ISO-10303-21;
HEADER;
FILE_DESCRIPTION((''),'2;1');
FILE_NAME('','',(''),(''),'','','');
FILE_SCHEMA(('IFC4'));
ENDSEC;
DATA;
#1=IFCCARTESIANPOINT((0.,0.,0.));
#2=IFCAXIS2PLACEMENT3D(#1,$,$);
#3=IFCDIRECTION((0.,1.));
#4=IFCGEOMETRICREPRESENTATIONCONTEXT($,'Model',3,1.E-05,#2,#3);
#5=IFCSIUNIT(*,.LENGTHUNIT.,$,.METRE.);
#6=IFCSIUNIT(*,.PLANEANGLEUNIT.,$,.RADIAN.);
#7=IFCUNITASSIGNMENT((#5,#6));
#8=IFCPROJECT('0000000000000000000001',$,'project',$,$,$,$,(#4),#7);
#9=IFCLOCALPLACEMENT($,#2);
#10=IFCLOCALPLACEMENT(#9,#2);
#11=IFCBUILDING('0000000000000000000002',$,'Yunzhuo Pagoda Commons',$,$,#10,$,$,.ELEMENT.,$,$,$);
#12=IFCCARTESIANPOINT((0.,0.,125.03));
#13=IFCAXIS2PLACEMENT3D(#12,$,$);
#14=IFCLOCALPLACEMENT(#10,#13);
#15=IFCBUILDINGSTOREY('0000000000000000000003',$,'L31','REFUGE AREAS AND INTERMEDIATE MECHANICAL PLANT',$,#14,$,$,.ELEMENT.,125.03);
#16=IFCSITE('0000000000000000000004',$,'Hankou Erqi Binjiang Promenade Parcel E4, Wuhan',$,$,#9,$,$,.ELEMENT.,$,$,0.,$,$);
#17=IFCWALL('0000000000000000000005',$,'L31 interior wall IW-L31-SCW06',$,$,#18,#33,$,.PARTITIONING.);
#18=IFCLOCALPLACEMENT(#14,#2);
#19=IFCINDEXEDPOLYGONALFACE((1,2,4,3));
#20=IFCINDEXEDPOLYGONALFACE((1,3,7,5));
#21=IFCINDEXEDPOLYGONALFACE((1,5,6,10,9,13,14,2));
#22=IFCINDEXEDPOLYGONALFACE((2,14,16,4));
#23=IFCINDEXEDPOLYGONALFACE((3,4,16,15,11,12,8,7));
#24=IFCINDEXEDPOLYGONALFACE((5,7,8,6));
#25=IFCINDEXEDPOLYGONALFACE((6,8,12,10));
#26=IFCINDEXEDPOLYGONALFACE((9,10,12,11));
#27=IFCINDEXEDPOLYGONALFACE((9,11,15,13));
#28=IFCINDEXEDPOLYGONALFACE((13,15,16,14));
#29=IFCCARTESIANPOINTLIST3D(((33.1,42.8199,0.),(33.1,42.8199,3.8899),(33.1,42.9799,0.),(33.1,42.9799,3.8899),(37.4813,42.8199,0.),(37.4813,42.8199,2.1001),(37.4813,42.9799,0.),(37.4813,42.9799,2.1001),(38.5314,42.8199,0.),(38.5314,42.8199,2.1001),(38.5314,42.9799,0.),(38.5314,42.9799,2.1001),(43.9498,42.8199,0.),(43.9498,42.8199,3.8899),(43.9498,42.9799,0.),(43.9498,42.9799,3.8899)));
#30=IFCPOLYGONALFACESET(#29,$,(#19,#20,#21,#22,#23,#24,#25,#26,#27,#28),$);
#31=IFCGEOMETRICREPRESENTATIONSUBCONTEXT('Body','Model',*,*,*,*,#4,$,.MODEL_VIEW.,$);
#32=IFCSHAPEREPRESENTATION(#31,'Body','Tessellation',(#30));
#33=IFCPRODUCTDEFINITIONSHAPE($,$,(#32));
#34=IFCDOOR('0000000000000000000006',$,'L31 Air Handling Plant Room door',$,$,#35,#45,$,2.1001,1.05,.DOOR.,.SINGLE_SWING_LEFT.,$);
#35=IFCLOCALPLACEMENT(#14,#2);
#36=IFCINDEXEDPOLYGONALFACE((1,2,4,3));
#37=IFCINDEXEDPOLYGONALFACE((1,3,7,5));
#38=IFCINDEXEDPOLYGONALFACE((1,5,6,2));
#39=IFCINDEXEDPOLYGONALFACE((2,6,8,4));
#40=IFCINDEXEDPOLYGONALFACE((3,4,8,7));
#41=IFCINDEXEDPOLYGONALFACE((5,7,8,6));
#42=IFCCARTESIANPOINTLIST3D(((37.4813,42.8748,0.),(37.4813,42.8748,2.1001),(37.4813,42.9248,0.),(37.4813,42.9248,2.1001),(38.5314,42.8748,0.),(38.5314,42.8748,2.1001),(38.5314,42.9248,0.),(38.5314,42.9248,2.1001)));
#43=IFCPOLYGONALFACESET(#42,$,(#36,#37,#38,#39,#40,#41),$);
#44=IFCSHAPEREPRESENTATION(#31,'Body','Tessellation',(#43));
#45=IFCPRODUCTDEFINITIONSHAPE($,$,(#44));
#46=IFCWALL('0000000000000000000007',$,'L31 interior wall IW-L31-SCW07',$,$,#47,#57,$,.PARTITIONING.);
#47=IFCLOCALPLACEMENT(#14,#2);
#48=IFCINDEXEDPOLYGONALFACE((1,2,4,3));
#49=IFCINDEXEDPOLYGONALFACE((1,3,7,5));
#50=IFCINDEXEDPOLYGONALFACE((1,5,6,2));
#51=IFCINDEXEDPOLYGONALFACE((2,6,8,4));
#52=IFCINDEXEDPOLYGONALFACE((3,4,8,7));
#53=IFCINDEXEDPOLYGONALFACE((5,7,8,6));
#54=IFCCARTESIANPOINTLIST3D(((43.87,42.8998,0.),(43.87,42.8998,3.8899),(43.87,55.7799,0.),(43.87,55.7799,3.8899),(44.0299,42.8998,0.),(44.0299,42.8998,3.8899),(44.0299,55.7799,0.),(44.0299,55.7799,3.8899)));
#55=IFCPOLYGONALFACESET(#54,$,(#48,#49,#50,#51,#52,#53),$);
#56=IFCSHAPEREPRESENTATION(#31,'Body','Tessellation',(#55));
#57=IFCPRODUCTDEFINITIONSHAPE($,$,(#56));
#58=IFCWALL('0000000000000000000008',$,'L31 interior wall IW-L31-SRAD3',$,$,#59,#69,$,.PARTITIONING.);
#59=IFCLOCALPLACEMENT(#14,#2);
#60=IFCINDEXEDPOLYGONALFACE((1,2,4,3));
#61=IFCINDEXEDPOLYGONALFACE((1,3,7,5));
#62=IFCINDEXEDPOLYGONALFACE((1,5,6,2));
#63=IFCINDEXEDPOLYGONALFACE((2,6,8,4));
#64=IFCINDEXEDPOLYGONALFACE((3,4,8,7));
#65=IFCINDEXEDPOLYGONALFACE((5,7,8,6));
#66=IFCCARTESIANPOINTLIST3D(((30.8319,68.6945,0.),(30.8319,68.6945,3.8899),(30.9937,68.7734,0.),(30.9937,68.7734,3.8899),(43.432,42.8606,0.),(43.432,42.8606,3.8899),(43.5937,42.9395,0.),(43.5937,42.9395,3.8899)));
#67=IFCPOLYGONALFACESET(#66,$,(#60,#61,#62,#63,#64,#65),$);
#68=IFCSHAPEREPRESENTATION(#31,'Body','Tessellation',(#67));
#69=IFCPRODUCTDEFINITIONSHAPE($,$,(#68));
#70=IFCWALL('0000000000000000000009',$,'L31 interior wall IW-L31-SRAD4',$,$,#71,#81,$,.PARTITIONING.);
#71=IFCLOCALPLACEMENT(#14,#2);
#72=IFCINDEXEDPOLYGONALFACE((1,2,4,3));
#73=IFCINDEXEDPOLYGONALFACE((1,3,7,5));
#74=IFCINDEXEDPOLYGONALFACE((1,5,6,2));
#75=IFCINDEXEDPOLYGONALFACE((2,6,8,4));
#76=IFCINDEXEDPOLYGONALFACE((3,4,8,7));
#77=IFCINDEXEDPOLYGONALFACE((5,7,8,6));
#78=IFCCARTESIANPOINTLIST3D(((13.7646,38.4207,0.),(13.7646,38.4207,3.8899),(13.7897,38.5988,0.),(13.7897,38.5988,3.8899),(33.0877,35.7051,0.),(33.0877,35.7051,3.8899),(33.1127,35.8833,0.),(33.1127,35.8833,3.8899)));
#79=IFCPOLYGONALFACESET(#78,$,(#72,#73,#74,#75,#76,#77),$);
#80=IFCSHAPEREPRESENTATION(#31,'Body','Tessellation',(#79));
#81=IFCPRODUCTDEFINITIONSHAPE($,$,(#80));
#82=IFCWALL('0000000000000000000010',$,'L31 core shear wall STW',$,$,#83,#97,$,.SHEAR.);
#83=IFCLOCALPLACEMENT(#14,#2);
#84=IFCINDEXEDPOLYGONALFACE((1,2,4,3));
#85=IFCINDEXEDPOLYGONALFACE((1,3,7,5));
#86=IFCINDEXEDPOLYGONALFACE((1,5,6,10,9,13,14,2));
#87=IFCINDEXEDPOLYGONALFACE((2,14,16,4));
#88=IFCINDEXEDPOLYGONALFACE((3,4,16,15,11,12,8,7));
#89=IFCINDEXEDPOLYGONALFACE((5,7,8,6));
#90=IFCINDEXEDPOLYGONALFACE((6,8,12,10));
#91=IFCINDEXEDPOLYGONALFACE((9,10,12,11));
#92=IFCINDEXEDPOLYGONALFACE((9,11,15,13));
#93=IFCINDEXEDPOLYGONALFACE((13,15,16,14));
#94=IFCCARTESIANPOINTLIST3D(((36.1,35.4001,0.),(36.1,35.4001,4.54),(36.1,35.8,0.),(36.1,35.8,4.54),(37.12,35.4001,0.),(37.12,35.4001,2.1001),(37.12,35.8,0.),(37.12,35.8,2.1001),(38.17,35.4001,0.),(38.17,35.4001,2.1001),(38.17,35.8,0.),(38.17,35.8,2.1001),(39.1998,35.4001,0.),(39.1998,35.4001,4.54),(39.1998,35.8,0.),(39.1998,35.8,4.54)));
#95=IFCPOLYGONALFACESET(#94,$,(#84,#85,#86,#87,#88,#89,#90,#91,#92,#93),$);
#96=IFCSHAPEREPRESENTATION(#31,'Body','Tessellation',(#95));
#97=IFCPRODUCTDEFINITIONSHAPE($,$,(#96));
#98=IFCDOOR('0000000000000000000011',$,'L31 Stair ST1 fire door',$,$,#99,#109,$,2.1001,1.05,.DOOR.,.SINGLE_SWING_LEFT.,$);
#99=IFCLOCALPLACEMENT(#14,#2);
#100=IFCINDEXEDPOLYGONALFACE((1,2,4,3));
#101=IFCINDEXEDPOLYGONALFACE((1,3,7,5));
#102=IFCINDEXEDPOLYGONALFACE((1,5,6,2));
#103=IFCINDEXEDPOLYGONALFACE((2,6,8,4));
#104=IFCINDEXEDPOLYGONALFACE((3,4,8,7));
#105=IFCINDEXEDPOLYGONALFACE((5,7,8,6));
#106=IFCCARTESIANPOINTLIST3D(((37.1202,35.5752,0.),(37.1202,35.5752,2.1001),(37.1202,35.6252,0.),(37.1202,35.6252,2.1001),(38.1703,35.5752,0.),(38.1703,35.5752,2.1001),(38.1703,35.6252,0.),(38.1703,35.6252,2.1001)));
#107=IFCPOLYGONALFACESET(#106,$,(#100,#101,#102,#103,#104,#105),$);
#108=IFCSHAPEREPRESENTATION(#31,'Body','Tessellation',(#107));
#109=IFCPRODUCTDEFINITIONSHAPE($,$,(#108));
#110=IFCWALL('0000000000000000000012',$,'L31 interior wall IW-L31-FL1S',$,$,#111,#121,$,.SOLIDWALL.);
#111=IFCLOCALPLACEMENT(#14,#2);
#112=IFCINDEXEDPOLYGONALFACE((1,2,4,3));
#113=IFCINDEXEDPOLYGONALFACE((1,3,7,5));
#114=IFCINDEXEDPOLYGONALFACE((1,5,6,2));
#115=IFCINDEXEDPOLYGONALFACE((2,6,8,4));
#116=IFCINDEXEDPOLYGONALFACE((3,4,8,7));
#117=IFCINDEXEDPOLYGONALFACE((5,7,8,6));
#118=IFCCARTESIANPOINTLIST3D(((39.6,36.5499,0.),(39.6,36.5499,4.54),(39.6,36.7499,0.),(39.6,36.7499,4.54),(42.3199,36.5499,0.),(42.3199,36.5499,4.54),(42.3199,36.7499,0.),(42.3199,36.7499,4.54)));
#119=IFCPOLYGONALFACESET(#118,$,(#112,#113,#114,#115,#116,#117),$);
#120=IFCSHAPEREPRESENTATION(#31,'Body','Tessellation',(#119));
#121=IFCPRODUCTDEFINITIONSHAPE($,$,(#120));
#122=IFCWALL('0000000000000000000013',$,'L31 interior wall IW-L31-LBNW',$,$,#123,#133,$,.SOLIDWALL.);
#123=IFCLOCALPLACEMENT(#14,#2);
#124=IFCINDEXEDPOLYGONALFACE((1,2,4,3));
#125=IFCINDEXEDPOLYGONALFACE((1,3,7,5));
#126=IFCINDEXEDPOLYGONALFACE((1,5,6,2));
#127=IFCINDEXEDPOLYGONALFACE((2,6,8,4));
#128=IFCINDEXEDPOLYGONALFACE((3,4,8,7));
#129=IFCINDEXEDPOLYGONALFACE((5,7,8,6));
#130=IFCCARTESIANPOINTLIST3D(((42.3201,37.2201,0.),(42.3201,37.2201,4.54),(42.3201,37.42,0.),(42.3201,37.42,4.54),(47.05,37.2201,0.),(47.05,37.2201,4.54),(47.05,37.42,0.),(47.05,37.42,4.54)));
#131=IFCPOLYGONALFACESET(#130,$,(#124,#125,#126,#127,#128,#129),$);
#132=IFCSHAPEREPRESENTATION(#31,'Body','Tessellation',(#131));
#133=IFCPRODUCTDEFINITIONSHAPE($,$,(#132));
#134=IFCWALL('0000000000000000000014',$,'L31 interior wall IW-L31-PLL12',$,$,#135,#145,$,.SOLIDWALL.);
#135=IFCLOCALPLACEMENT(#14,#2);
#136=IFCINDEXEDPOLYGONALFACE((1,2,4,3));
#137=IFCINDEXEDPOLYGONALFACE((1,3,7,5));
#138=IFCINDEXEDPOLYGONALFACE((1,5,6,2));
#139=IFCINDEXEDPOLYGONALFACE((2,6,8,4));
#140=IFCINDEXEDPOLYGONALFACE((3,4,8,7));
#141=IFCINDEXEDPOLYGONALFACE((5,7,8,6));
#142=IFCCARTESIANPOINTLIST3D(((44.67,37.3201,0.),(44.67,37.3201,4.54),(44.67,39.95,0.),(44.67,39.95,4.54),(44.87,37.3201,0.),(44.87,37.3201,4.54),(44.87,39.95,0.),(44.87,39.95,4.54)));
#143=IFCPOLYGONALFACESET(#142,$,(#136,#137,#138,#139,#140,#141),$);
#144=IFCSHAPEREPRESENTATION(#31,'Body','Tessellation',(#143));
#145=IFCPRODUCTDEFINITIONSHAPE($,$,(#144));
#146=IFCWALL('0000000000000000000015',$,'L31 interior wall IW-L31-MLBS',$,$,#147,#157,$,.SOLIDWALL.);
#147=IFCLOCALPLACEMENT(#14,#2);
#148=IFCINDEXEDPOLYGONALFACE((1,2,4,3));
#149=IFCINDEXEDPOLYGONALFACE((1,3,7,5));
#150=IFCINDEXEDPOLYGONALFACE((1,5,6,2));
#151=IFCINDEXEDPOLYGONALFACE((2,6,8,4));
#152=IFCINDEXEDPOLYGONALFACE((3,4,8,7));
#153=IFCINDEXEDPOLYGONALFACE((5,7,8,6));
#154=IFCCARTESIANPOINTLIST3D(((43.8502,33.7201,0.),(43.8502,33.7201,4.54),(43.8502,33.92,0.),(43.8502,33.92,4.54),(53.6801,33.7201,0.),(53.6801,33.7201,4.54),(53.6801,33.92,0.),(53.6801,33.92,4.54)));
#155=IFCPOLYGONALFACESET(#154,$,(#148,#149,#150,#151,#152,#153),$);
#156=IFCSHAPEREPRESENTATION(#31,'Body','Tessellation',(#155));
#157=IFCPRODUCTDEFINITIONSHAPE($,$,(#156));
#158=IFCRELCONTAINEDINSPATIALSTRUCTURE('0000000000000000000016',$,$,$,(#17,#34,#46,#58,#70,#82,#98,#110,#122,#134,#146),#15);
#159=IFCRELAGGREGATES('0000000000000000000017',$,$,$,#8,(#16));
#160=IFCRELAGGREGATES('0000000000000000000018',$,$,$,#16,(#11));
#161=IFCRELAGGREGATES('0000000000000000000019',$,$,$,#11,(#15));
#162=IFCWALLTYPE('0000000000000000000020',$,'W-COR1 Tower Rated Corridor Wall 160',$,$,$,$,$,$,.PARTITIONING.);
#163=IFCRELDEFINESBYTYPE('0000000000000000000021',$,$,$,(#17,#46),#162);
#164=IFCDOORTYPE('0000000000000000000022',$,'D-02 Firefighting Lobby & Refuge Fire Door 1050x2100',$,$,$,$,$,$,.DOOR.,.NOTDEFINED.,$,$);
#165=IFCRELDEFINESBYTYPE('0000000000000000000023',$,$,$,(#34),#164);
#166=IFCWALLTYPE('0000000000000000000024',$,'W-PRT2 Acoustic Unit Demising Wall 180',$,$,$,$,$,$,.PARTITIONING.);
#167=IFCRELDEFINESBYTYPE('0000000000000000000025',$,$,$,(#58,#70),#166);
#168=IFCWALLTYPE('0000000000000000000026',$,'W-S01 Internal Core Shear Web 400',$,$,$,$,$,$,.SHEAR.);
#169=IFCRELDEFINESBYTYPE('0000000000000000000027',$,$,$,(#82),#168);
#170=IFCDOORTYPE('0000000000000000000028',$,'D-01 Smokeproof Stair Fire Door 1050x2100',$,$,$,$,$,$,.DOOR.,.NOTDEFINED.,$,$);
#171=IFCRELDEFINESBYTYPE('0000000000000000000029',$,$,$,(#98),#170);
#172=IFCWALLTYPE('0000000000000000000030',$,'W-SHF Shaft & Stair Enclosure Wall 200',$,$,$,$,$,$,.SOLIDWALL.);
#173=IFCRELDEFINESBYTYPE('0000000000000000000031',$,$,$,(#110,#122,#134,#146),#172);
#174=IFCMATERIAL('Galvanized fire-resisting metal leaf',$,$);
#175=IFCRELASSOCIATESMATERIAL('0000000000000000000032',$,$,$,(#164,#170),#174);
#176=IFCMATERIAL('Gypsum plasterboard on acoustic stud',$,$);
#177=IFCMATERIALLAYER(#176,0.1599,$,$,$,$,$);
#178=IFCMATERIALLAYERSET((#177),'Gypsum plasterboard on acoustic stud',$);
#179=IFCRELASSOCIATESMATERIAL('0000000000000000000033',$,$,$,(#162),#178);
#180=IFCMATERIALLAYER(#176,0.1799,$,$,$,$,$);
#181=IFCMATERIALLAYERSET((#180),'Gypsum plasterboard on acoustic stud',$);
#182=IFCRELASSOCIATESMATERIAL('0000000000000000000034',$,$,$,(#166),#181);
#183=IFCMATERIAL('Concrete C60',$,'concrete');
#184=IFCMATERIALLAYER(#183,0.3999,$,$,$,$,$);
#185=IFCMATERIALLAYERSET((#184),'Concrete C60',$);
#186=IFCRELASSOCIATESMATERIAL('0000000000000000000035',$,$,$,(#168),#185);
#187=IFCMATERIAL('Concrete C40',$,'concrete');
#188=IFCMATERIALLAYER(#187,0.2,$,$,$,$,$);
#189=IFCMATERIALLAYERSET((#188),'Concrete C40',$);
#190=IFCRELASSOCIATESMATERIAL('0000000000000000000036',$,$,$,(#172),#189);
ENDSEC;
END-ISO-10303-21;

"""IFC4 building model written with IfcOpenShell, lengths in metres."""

from ifc_helpers import new_model, si_unit, direction, frame, frame_2d, origin, origin_with_axes, place, context, subcontext, project, spatial, rectangle, extrude, source, transform, mapped, material, layer, layer_set, type_object, element, fill, save


model = new_model("IFC4")

# Units and contexts
model_context = context("Model", 3, precision=1e-05, world=origin(), true_north=direction((0.0, 1.0)))
body_context = subcontext(model_context, "Body", "Model", "MODEL_VIEW")
ifc_project = project(units=[si_unit("LENGTHUNIT", "METRE"), si_unit("PLANEANGLEUNIT", "RADIAN")], contexts=[model_context])

# Site, building, storey
site_placement = place(None, origin())
site = spatial("IfcSite", under=ifc_project, at=site_placement, Name="Hankou Erqi Binjiang Promenade Parcel E4, Wuhan", CompositionType="ELEMENT", RefElevation=0.0)
building_placement = place(site_placement, origin())
building = spatial("IfcBuilding", under=site, at=building_placement, Name="Yunzhuo Pagoda Commons", CompositionType="ELEMENT")
storey_placement = place(building_placement, frame((0.0, 0.0, 125.03)))
storey = spatial("IfcBuildingStorey", under=building, at=storey_placement, Name="L31", Description="REFUGE AREAS AND INTERMEDIATE MECHANICAL PLANT", CompositionType="ELEMENT", Elevation=125.03)

# Wall, opening, door
ifc_material_1 = material(Name="Concrete C60", Category="concrete")
ifc_material_2 = material(Name="Galvanized fire-resisting metal leaf")
door_type_1 = type_object("IfcDoorType", Name="D-02 Firefighting Lobby & Refuge Fire Door 1050x2100", OperationType="NOTDEFINED", PredefinedType="DOOR", material=ifc_material_2)
shared_shape_1 = source(origin(), body_context, "Body", "SweptSolid", [
    extrude(rectangle(XDim=1.05, YDim=2.1001, at=frame_2d((0.5249, 1.05))), frame((0.0, 0.0249, 0.0), z_axis=(0.0, -1.0, 0.0), x_axis=(1.0, 0.0, 0.0)), (0.0, 0.0, 1.0), 0.05),
])
ifc_material_3 = material(Name="Gypsum plasterboard on acoustic stud")
ifc_layer_1 = layer(ifc_material_3, 0.1599)
ifc_layer_set_1 = layer_set([ifc_layer_1], Name="Gypsum plasterboard on acoustic stud")
wall_type_1 = type_object("IfcWallType", Name="W-COR1 Tower Rated Corridor Wall 160", PredefinedType="PARTITIONING", material=ifc_layer_set_1)
wall_1_placement = place(storey_placement, frame((33.1001, 42.8999, 0.0), z_axis=(0.0, 0.0, 1.0), x_axis=(1.0, 0.0, 0.0)))
wall_1 = element("IfcWall", 1, at=wall_1_placement, inside=storey, type_object=wall_type_1, Name="L31 interior wall IW-L31-SCW06", PredefinedType="PARTITIONING", context=body_context, shape_type="SweptSolid", body=[
    extrude(rectangle(XDim=10.8499, YDim=0.1599, at=frame_2d((5.4248, 0.0))), origin(), (0.0, 0.0, 1.0), 3.8899),
])
opening_1_placement = place(wall_1_placement, frame((4.3813, 0.0, 0.0)))
opening_1 = element("IfcOpeningElement", 2, at=opening_1_placement, cuts=wall_1, PredefinedType="OPENING", context=body_context, shape_type="SweptSolid", body=[
    extrude(rectangle(XDim=1.05, YDim=2.1001, at=frame_2d((0.5249, 1.05))), frame((0.0, 0.0898, 0.0), z_axis=(0.0, -1.0, 0.0), x_axis=(1.0, 0.0, 0.0)), (0.0, 0.0, 1.0), 0.1799),
])
door_1_placement = place(opening_1_placement, origin_with_axes())
door_1 = element("IfcDoor", 3, at=door_1_placement, inside=storey, type_object=door_type_1, Name="L31 Air Handling Plant Room door", OperationType="SINGLE_SWING_LEFT", OverallHeight=2.1001, OverallWidth=1.05, PredefinedType="DOOR", context=body_context, shape_type="MappedRepresentation", body=[
    mapped(shared_shape_1, transform((0.0, 0.0, 0.0), scale=1.0)),
])
fill(opening_1, door_1)

# Walls
wall_2_placement = place(storey_placement, frame((43.95, 42.8999, 0.0), z_axis=(0.0, 0.0, 1.0), x_axis=(0.0, 1.0, 0.0)))
element("IfcWall", 4, at=wall_2_placement, inside=storey, type_object=wall_type_1, Name="L31 interior wall IW-L31-SCW07", PredefinedType="PARTITIONING", context=body_context, shape_type="SweptSolid", body=[
    extrude(rectangle(XDim=12.8801, YDim=0.1599, at=frame_2d((6.4399, 0.0))), origin(), (0.0, 0.0, 1.0), 3.8899),
])
ifc_layer_2 = layer(ifc_material_3, 0.1799)
ifc_layer_set_2 = layer_set([ifc_layer_2], Name="Gypsum plasterboard on acoustic stud")
wall_type_2 = type_object("IfcWallType", Name="W-PRT2 Acoustic Unit Demising Wall 180", PredefinedType="PARTITIONING", material=ifc_layer_set_2)
wall_3_placement = place(storey_placement, frame((43.5129, 42.8999, 0.0), z_axis=(0.0, 0.0, 1.0), x_axis=(-0.438372, 0.898794, 0.0)))
element("IfcWall", 5, at=wall_3_placement, inside=storey, type_object=wall_type_2, Name="L31 interior wall IW-L31-SRAD3", PredefinedType="PARTITIONING", context=body_context, shape_type="SweptSolid", body=[
    extrude(rectangle(XDim=28.7429, YDim=0.1799, at=frame_2d((14.3716, 0.0))), origin(), (0.0, 0.0, 1.0), 3.8899),
])
wall_4_placement = place(storey_placement, frame((33.1001, 35.7942, 0.0), z_axis=(0.0, 0.0, 1.0), x_axis=(-0.990269, 0.139168, 0.0)))
element("IfcWall", 6, at=wall_4_placement, inside=storey, type_object=wall_type_2, Name="L31 interior wall IW-L31-SRAD4", PredefinedType="PARTITIONING", context=body_context, shape_type="SweptSolid", body=[
    extrude(rectangle(XDim=19.5129, YDim=0.1799, at=frame_2d((9.7563, 0.0))), origin(), (0.0, 0.0, 1.0), 3.8899),
])

# Wall, opening, door
ifc_layer_3 = layer(ifc_material_1, 0.3999)
ifc_layer_set_3 = layer_set([ifc_layer_3], Name="Concrete C60")
wall_type_3 = type_object("IfcWallType", Name="W-S01 Internal Core Shear Web 400", PredefinedType="SHEAR", material=ifc_layer_set_3)
wall_5_placement = place(storey_placement, frame((36.1001, 35.6001, 0.0), z_axis=(0.0, 0.0, 1.0), x_axis=(1.0, 0.0, 0.0)))
wall_5 = element("IfcWall", 7, at=wall_5_placement, inside=storey, type_object=wall_type_3, Name="L31 core shear wall STW", PredefinedType="SHEAR", context=body_context, shape_type="SweptSolid", body=[
    extrude(rectangle(XDim=3.0999, YDim=0.3999, at=frame_2d((1.5498, 0.0))), origin(), (0.0, 0.0, 1.0), 4.54),
])
opening_2_placement = place(wall_5_placement, frame((1.02, 0.0, 0.0)))
opening_2 = element("IfcOpeningElement", 8, at=opening_2_placement, cuts=wall_5, PredefinedType="OPENING", context=body_context, shape_type="SweptSolid", body=[
    extrude(rectangle(XDim=1.05, YDim=2.1001, at=frame_2d((0.5249, 1.05))), frame((0.0, 0.21, 0.0), z_axis=(0.0, -1.0, 0.0), x_axis=(1.0, 0.0, 0.0)), (0.0, 0.0, 1.0), 0.4199),
])
door_type_2 = type_object("IfcDoorType", Name="D-01 Smokeproof Stair Fire Door 1050x2100", OperationType="NOTDEFINED", PredefinedType="DOOR", material=ifc_material_2)
door_2_placement = place(opening_2_placement, frame((1.05, 0.0, 0.0), z_axis=(0.0, 0.0, 1.0), x_axis=(-1.0, 0.0, 0.0)))
door_2 = element("IfcDoor", 9, at=door_2_placement, inside=storey, type_object=door_type_2, Name="L31 Stair ST1 fire door", OperationType="SINGLE_SWING_LEFT", OverallHeight=2.1001, OverallWidth=1.05, PredefinedType="DOOR", context=body_context, shape_type="MappedRepresentation", body=[
    mapped(shared_shape_1, transform((0.0, 0.0, 0.0), scale=1.0)),
])
fill(opening_2, door_2)

# Walls
ifc_material_4 = material(Name="Concrete C40", Category="concrete")
ifc_layer_4 = layer(ifc_material_4, 0.2)
ifc_layer_set_4 = layer_set([ifc_layer_4], Name="Concrete C40")
wall_type_4 = type_object("IfcWallType", Name="W-SHF Shaft & Stair Enclosure Wall 200", PredefinedType="SOLIDWALL", material=ifc_layer_set_4)
wall_6_placement = place(storey_placement, frame((39.6001, 36.6499, 0.0), z_axis=(0.0, 0.0, 1.0), x_axis=(1.0, 0.0, 0.0)))
element("IfcWall", 10, at=wall_6_placement, inside=storey, type_object=wall_type_4, Name="L31 interior wall IW-L31-FL1S", PredefinedType="SOLIDWALL", context=body_context, shape_type="SweptSolid", body=[
    extrude(rectangle(XDim=2.72, YDim=0.2, at=frame_2d((1.3599, 0.0))), origin(), (0.0, 0.0, 1.0), 4.54),
])
wall_7_placement = place(storey_placement, frame((42.3201, 37.3201, 0.0), z_axis=(0.0, 0.0, 1.0), x_axis=(1.0, 0.0, 0.0)))
element("IfcWall", 11, at=wall_7_placement, inside=storey, type_object=wall_type_4, Name="L31 interior wall IW-L31-LBNW", PredefinedType="SOLIDWALL", context=body_context, shape_type="SweptSolid", body=[
    extrude(rectangle(XDim=4.73, YDim=0.2, at=frame_2d((2.365, 0.0))), origin(), (0.0, 0.0, 1.0), 4.54),
])
wall_8_placement = place(storey_placement, frame((44.77, 37.3201, 0.0), z_axis=(0.0, 0.0, 1.0), x_axis=(0.0, 1.0, 0.0)))
element("IfcWall", 12, at=wall_8_placement, inside=storey, type_object=wall_type_4, Name="L31 interior wall IW-L31-PLL12", PredefinedType="SOLIDWALL", context=body_context, shape_type="SweptSolid", body=[
    extrude(rectangle(XDim=2.6299, YDim=0.2, at=frame_2d((1.3149, 0.0))), origin(), (0.0, 0.0, 1.0), 4.54),
])
wall_9_placement = place(storey_placement, frame((43.8501, 33.8201, 0.0), z_axis=(0.0, 0.0, 1.0), x_axis=(1.0, 0.0, 0.0)))
element("IfcWall", 13, at=wall_9_placement, inside=storey, type_object=wall_type_4, Name="L31 interior wall IW-L31-MLBS", PredefinedType="SOLIDWALL", context=body_context, shape_type="SweptSolid", body=[
    extrude(rectangle(XDim=9.8298, YDim=0.2, at=frame_2d((4.915, 0.0))), origin(), (0.0, 0.0, 1.0), 4.54),
])

save(model, "model.ifc")
